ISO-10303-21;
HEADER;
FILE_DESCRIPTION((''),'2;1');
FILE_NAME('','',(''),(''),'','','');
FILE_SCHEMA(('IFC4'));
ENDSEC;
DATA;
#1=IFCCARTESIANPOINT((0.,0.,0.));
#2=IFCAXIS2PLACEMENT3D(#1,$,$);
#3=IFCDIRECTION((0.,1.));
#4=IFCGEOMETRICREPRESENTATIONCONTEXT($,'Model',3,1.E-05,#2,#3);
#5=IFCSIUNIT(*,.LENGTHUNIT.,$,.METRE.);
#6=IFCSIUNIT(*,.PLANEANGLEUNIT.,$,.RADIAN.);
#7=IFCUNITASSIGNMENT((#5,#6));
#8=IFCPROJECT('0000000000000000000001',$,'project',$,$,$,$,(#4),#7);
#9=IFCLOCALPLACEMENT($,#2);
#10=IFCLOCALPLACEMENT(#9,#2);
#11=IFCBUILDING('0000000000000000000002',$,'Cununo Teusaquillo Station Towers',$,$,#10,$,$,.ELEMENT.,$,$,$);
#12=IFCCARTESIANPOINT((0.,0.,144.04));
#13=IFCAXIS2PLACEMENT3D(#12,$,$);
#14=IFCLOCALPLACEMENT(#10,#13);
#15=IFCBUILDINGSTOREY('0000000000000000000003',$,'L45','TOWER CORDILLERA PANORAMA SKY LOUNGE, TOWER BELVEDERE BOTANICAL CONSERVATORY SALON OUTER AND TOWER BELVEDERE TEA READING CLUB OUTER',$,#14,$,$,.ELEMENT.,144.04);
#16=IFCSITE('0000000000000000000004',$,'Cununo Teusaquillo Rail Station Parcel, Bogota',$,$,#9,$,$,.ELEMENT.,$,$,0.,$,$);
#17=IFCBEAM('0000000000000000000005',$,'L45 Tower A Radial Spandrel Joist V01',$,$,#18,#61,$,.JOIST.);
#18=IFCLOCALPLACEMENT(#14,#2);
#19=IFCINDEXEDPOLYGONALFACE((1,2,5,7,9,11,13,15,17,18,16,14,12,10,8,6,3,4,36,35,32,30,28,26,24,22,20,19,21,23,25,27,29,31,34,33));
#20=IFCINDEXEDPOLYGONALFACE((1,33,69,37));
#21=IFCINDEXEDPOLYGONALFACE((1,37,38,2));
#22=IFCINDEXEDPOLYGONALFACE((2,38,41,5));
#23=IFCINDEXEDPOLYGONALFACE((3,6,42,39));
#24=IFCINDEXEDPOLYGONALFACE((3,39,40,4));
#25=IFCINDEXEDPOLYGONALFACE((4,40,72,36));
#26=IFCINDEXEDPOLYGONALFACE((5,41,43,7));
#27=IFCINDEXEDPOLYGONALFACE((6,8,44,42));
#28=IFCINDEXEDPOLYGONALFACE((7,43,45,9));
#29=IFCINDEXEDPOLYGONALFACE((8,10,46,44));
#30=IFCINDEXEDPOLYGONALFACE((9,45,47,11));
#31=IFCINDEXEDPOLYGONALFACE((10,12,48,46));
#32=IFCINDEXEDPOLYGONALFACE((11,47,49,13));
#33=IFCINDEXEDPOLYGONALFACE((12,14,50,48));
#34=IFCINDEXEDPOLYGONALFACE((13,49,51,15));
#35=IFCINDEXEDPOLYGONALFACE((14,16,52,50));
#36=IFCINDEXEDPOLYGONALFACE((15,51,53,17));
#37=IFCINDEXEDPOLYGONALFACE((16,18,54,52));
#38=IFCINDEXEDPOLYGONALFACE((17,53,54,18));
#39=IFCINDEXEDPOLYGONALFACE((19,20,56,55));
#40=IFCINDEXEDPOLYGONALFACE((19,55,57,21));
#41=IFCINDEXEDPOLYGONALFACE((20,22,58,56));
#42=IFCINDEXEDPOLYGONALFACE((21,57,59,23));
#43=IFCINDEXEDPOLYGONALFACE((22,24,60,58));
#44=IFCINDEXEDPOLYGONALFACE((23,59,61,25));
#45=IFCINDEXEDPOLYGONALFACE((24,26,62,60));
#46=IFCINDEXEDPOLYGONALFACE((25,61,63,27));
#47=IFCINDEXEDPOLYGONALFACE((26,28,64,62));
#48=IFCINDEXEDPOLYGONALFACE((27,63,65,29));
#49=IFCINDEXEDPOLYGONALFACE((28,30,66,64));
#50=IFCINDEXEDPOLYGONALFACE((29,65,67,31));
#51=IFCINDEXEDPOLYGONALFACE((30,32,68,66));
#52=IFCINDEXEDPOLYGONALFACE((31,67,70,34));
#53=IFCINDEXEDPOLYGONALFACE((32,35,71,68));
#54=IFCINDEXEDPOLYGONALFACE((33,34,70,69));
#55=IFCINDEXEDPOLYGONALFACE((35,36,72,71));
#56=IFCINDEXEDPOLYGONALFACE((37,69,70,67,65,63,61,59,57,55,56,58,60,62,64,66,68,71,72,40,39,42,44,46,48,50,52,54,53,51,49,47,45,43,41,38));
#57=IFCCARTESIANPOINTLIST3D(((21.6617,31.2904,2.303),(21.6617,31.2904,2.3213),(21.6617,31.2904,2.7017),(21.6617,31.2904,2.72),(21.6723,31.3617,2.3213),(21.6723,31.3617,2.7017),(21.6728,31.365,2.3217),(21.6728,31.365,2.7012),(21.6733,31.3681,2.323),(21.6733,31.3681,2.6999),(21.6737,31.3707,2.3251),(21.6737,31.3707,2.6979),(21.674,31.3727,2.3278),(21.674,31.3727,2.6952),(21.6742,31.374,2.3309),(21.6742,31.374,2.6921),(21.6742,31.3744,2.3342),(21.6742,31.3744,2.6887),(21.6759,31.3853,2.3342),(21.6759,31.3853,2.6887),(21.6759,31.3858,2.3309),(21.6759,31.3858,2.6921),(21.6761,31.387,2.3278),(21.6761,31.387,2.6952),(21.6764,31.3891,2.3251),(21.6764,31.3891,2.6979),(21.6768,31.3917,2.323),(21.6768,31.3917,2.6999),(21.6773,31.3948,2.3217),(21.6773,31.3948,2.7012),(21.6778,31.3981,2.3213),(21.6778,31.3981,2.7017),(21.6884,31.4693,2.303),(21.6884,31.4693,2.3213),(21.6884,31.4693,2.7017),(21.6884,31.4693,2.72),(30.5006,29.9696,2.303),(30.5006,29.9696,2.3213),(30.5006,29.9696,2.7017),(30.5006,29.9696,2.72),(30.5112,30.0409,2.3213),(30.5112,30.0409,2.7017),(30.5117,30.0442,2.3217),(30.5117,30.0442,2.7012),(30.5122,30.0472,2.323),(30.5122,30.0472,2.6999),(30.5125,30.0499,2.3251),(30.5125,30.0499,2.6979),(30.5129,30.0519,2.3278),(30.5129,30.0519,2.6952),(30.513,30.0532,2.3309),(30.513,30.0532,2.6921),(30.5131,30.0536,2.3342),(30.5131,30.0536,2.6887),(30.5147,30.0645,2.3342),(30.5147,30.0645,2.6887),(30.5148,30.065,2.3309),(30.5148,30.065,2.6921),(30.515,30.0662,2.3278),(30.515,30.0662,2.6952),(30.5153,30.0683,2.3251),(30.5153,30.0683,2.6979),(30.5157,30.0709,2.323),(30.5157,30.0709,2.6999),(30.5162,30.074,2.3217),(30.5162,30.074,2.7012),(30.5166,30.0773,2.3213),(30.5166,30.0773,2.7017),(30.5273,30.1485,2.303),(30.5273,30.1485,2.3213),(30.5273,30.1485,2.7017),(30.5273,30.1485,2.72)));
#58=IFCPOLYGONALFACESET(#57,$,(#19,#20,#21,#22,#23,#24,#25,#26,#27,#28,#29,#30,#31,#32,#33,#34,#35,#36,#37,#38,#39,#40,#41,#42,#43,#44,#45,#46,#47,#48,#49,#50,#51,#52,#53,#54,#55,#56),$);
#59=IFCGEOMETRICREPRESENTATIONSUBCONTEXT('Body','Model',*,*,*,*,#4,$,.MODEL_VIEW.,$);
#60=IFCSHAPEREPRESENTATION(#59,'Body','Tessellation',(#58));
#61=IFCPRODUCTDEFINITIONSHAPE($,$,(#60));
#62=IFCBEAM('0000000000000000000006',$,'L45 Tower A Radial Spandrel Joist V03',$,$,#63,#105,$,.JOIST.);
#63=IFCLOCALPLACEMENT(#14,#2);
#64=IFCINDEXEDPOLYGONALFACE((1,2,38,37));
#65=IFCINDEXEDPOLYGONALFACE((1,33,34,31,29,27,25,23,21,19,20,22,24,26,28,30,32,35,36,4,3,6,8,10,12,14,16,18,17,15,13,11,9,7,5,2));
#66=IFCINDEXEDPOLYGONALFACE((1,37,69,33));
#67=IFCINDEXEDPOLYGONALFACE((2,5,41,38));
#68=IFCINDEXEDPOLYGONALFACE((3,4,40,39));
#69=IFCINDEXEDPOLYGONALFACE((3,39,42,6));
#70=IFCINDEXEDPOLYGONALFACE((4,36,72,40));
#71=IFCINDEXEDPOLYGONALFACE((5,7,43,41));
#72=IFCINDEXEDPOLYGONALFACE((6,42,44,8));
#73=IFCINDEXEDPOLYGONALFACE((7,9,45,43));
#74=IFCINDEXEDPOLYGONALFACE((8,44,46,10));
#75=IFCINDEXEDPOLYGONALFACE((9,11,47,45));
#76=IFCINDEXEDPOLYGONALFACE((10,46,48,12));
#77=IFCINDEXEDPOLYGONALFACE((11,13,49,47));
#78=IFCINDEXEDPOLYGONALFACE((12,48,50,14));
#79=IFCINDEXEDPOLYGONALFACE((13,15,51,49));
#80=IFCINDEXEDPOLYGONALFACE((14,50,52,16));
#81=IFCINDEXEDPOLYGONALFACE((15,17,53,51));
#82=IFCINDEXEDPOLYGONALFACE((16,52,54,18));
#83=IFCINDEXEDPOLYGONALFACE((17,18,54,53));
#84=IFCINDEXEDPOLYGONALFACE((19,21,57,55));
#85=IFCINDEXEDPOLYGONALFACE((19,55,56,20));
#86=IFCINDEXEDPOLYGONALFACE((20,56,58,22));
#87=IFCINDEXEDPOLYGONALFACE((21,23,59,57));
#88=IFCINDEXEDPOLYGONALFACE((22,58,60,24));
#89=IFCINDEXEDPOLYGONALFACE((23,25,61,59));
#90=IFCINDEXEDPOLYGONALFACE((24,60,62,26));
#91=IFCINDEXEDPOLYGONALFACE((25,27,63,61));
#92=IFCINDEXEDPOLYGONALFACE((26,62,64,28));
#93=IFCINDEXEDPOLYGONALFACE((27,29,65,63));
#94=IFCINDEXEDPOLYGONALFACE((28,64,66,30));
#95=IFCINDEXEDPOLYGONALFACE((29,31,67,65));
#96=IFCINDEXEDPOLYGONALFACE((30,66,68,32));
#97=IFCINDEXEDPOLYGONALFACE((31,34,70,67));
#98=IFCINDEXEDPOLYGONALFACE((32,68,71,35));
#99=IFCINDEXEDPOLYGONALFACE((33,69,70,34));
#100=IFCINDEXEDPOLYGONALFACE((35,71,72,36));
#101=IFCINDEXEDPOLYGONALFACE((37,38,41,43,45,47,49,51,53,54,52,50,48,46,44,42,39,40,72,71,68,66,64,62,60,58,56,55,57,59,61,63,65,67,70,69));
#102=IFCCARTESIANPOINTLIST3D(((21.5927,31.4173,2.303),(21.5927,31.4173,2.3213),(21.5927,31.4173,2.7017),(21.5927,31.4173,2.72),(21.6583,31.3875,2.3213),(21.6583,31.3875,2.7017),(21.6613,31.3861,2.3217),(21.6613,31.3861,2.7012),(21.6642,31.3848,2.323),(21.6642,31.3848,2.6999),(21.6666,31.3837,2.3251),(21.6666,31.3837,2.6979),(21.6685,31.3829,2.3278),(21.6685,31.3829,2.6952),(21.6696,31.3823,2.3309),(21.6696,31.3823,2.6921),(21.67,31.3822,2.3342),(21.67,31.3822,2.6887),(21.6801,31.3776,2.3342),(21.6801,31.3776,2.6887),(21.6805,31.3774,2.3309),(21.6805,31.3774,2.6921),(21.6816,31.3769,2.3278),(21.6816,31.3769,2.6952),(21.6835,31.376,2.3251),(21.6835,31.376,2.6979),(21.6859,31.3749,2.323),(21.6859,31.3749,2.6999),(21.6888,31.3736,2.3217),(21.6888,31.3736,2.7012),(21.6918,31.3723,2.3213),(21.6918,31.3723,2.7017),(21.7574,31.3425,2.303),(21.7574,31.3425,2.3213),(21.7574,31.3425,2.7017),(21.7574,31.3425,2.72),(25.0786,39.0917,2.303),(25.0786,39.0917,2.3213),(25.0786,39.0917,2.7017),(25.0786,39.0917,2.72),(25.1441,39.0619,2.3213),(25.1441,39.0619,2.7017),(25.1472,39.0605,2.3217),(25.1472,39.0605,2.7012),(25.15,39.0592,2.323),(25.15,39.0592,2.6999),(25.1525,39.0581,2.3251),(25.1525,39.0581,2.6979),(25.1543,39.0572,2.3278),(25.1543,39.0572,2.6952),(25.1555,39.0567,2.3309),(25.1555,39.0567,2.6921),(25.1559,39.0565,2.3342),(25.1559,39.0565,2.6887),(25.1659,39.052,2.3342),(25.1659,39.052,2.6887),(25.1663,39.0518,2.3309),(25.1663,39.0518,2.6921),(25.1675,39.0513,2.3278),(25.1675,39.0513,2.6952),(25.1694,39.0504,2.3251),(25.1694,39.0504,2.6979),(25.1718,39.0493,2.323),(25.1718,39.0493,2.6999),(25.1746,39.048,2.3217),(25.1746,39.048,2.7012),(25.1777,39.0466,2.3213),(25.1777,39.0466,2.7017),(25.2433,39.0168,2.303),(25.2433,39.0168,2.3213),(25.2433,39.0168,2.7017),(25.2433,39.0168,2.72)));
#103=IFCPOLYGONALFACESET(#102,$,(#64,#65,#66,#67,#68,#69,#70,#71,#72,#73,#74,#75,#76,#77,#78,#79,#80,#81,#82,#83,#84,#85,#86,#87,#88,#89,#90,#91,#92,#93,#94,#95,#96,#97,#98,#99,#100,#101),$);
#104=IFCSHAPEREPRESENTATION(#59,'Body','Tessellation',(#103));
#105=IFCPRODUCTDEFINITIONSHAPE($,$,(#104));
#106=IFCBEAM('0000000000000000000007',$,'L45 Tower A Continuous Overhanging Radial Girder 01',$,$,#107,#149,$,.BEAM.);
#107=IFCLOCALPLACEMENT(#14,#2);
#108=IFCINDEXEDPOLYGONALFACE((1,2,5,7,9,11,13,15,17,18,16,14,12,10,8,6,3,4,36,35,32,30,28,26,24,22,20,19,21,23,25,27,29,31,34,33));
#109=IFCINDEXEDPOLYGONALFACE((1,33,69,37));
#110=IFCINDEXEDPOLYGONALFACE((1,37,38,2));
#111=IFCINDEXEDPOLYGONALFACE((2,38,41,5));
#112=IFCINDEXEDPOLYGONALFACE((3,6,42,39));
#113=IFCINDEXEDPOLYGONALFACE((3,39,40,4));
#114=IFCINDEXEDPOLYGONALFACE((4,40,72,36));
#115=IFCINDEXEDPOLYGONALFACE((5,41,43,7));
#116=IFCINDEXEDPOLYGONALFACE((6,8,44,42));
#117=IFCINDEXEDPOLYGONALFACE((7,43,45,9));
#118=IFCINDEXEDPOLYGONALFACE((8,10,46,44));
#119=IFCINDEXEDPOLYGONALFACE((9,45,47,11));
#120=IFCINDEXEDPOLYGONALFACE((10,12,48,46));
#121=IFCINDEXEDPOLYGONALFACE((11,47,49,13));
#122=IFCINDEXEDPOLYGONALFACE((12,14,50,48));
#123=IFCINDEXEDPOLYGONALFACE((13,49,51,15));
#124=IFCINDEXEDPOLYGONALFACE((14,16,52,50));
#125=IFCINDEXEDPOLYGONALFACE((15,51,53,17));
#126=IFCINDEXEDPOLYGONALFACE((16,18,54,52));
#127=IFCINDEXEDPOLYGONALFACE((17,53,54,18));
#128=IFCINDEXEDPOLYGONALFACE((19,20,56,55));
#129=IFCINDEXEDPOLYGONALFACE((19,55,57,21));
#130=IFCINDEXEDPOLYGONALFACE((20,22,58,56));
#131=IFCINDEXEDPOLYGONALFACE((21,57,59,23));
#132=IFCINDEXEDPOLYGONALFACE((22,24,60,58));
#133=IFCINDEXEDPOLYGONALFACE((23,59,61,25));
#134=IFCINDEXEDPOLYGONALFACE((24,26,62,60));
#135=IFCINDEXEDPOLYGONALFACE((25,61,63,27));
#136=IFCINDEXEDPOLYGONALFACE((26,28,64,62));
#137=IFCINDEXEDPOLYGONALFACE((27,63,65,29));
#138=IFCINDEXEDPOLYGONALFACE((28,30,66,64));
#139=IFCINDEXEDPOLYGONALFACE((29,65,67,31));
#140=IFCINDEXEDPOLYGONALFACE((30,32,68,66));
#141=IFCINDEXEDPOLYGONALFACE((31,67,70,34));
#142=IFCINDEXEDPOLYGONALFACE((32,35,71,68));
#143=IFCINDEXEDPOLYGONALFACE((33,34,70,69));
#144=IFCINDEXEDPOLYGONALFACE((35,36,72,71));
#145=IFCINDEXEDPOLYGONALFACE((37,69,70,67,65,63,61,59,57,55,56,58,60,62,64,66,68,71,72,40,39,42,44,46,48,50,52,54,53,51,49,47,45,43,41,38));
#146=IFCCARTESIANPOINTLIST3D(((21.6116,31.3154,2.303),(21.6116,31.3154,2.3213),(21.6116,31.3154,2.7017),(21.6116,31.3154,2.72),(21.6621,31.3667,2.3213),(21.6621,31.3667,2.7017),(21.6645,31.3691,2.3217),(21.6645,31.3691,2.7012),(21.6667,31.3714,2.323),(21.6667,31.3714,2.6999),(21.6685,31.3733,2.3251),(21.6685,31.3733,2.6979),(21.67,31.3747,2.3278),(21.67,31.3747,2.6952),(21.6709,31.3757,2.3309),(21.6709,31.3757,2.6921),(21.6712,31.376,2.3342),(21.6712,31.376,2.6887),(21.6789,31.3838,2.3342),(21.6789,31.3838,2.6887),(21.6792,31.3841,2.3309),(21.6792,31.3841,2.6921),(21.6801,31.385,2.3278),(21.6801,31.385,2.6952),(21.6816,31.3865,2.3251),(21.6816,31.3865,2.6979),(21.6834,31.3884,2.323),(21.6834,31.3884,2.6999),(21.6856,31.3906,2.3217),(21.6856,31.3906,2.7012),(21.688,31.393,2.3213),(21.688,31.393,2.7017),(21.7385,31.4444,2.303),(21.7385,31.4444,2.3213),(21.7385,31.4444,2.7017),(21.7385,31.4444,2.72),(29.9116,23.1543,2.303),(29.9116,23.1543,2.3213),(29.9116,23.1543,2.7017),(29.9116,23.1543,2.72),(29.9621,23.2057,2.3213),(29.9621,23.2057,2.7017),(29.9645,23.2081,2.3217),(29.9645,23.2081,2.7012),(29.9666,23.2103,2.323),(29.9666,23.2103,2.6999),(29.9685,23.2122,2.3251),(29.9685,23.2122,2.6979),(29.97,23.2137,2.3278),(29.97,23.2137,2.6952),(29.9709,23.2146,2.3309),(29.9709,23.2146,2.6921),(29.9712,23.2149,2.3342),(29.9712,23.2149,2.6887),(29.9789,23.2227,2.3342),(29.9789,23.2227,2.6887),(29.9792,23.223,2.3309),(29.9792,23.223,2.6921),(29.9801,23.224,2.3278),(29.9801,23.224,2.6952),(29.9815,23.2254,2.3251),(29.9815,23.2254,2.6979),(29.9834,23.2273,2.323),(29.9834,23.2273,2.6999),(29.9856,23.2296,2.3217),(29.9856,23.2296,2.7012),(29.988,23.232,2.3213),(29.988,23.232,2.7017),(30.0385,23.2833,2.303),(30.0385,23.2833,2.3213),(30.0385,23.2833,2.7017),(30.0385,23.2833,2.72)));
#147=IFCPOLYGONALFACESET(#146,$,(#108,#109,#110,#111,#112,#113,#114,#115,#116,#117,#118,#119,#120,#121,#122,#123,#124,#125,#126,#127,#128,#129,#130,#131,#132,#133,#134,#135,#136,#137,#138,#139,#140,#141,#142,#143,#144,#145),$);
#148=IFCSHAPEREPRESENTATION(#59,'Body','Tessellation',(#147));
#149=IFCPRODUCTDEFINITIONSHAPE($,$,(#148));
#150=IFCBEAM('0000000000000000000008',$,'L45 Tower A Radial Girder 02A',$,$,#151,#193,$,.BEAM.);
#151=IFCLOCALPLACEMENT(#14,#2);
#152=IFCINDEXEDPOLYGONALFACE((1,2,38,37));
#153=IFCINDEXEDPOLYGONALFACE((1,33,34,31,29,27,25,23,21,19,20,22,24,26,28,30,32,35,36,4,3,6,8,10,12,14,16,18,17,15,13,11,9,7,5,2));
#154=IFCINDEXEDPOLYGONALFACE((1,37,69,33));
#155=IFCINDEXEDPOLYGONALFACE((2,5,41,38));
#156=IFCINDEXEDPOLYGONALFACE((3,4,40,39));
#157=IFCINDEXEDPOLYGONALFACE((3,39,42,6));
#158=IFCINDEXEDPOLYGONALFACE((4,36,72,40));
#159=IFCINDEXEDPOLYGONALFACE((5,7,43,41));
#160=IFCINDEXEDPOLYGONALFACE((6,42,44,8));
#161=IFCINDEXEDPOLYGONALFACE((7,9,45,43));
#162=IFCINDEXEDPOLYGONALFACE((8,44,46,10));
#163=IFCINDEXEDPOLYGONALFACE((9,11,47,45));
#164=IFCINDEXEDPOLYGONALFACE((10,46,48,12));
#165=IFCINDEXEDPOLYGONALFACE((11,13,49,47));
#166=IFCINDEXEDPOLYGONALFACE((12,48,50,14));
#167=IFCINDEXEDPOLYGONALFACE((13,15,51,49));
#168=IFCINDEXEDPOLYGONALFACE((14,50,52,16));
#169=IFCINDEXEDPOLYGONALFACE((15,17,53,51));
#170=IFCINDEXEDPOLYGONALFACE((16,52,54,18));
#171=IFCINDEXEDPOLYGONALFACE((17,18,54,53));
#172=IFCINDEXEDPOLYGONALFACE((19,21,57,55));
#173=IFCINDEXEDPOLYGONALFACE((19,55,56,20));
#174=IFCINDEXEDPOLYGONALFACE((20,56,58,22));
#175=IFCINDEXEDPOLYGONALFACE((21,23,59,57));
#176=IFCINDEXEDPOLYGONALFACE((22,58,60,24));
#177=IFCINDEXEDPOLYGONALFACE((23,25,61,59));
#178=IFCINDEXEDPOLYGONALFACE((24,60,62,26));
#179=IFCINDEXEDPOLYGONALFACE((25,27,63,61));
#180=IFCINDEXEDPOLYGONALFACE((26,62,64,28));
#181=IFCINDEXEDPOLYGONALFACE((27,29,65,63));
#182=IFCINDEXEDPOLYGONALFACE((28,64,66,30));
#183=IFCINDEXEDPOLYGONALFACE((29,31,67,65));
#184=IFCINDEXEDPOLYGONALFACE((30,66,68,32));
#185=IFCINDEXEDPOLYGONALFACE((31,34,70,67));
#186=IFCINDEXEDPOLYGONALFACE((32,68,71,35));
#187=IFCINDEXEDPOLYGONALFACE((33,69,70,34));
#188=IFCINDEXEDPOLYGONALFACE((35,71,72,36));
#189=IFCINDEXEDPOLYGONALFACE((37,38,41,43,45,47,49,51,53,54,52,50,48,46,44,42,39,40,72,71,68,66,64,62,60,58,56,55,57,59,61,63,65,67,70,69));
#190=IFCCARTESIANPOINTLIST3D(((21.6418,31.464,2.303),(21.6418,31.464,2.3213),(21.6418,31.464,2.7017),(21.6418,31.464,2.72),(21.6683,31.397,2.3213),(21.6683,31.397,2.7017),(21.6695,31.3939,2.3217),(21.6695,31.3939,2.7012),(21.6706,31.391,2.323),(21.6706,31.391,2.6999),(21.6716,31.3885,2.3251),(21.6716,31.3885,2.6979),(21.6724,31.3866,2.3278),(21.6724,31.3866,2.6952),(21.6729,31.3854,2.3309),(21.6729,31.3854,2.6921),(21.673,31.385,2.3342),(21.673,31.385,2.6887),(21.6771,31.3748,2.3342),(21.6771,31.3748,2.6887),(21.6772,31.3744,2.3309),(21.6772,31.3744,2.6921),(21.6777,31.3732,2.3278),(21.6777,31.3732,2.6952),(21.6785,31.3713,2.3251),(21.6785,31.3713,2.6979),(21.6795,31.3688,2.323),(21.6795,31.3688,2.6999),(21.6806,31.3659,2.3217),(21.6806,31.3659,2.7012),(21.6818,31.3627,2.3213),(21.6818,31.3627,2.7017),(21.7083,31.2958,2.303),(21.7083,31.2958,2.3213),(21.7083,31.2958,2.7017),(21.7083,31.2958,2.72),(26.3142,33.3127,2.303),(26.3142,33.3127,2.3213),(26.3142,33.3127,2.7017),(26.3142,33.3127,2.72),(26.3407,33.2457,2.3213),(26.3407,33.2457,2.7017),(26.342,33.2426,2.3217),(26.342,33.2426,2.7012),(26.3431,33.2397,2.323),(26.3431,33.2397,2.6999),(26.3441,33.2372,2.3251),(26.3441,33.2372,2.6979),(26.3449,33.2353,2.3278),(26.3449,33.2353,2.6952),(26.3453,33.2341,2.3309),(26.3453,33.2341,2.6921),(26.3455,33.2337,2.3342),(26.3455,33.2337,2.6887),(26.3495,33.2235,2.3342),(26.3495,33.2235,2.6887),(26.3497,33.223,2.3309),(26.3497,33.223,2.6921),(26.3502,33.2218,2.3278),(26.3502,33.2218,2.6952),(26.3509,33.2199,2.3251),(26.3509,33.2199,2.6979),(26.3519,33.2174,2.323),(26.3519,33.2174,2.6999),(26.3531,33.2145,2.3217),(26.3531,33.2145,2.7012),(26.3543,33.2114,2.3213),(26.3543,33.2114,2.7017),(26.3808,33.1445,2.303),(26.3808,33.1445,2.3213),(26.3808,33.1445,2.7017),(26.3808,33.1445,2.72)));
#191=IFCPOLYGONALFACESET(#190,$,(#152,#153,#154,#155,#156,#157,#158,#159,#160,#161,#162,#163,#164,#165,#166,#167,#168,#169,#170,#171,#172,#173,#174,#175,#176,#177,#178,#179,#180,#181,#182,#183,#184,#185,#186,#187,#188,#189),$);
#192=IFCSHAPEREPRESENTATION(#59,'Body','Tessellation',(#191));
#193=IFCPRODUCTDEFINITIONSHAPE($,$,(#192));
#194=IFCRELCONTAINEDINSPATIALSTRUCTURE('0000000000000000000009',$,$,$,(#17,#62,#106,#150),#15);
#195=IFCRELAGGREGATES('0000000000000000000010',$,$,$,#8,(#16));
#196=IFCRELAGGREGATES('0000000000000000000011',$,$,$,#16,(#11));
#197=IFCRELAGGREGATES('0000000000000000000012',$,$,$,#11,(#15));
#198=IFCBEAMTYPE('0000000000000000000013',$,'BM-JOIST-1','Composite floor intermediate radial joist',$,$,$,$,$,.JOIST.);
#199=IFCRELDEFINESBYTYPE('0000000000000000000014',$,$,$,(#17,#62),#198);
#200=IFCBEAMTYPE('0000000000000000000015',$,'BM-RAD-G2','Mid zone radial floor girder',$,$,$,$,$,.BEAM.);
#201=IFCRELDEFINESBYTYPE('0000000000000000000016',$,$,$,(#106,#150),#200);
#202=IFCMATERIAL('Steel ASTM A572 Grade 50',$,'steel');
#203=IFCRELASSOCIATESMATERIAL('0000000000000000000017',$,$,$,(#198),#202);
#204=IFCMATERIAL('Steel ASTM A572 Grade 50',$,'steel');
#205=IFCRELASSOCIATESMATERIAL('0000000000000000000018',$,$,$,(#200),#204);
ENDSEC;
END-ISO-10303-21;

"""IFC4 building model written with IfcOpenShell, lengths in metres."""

from ifc_helpers import new_model, si_unit, direction, frame, origin, origin_2d, place, context, subcontext, project, spatial, i_section, extrude, material, material_profile, profile_set, type_object, element, save


model = new_model("IFC4")

# Units and contexts
model_context = context("Model", 3, precision=1e-05, world=origin(), true_north=direction((0.0, 1.0)))
body_context = subcontext(model_context, "Body", "Model", "MODEL_VIEW")
ifc_project = project(units=[si_unit("LENGTHUNIT", "METRE"), si_unit("PLANEANGLEUNIT", "RADIAN")], contexts=[model_context])

# Site, building, storey
site_placement = place(None, origin())
site = spatial("IfcSite", under=ifc_project, at=site_placement, Name="Cununo Teusaquillo Rail Station Parcel, Bogota", CompositionType="ELEMENT", RefElevation=0.0)
building_placement = place(site_placement, origin())
building = spatial("IfcBuilding", under=site, at=building_placement, Name="Cununo Teusaquillo Station Towers", CompositionType="ELEMENT")
storey_placement = place(building_placement, frame((0.0, 0.0, 144.04)))
storey = spatial("IfcBuildingStorey", under=building, at=storey_placement, Name="L45", Description="TOWER CORDILLERA PANORAMA SKY LOUNGE, TOWER BELVEDERE BOTANICAL CONSERVATORY SALON OUTER AND TOWER BELVEDERE TEA READING CLUB OUTER", CompositionType="ELEMENT", Elevation=144.04)

# Beams
ifc_material_1 = material(Name="Steel ASTM A572 Grade 50", Category="steel")
ifc_material_profile_1 = material_profile(ifc_material_1, i_section(OverallWidth=0.1809, OverallDepth=0.417, WebThickness=0.011, FlangeThickness=0.0183, FilletRadius=0.0129, at=origin_2d()), Name="W16X57")
ifc_profile_set_1 = profile_set([ifc_material_profile_1], Name="Steel ASTM A572 Grade 50")
beam_type_1 = type_object("IfcBeamType", Name="BM-JOIST-1", Description="Composite floor intermediate radial joist", PredefinedType="JOIST", material=ifc_profile_set_1)
beam_1_placement = place(storey_placement, frame((21.675, 31.3799, 2.5115), z_axis=(0.989019, -0.14779, 0.0), x_axis=(0.14779, 0.989019, 0.0)))
element("IfcBeam", 1, at=beam_1_placement, inside=storey, type_object=beam_type_1, Name="L45 Tower A Radial Spandrel Joist V01", PredefinedType="JOIST", context=body_context, shape_type="SweptSolid", body=[
    extrude(i_section(OverallWidth=0.1809, OverallDepth=0.417, WebThickness=0.011, FlangeThickness=0.0183, FilletRadius=0.0129, at=origin_2d()), origin(), (0.0, 0.0, 1.0), 8.937),
])
beam_2_placement = place(storey_placement, frame((21.675, 31.3799, 2.5115), z_axis=(0.413559, 0.910478, 0.0), x_axis=(-0.910478, 0.413559, 0.0)))
element("IfcBeam", 2, at=beam_2_placement, inside=storey, type_object=beam_type_1, Name="L45 Tower A Radial Spandrel Joist V03", PredefinedType="JOIST", context=body_context, shape_type="SweptSolid", body=[
    extrude(i_section(OverallWidth=0.1809, OverallDepth=0.417, WebThickness=0.011, FlangeThickness=0.0183, FilletRadius=0.0129, at=origin_2d()), origin(), (0.0, 0.0, 1.0), 8.429),
])
ifc_material_2 = material(Name="Steel ASTM A572 Grade 50", Category="steel")
ifc_material_profile_2 = material_profile(ifc_material_2, i_section(OverallWidth=0.1809, OverallDepth=0.417, WebThickness=0.011, FlangeThickness=0.0183, FilletRadius=0.0129, at=origin_2d()), Name="W16X57")
ifc_profile_set_2 = profile_set([ifc_material_profile_2], Name="Steel ASTM A572 Grade 50")
beam_type_2 = type_object("IfcBeamType", Name="BM-RAD-G2", Description="Mid zone radial floor girder", PredefinedType="BEAM", material=ifc_profile_set_2)
beam_3_placement = place(storey_placement, frame((21.675, 31.3799, 2.5115), z_axis=(0.713049, -0.701115, 0.0), x_axis=(0.701115, 0.713049, 0.0)))
element("IfcBeam", 3, at=beam_3_placement, inside=storey, type_object=beam_type_2, Name="L45 Tower A Continuous Overhanging Radial Girder 01", PredefinedType="BEAM", context=body_context, shape_type="SweptSolid", body=[
    extrude(i_section(OverallWidth=0.1809, OverallDepth=0.417, WebThickness=0.011, FlangeThickness=0.0183, FilletRadius=0.0129, at=origin_2d()), origin(), (0.0, 0.0, 1.0), 11.6401),
])
beam_4_placement = place(storey_placement, frame((21.675, 31.3799, 2.5115), z_axis=(0.929864, 0.367903, 0.0), x_axis=(-0.367903, 0.929864, 0.0)))
element("IfcBeam", 4, at=beam_4_placement, inside=storey, type_object=beam_type_2, Name="L45 Tower A Radial Girder 02A", PredefinedType="BEAM", context=body_context, shape_type="SweptSolid", body=[
    extrude(i_section(OverallWidth=0.1809, OverallDepth=0.417, WebThickness=0.011, FlangeThickness=0.0183, FilletRadius=0.0129, at=origin_2d()), origin(), (0.0, 0.0, 1.0), 5.0249),
])

save(model, "model.ifc")
